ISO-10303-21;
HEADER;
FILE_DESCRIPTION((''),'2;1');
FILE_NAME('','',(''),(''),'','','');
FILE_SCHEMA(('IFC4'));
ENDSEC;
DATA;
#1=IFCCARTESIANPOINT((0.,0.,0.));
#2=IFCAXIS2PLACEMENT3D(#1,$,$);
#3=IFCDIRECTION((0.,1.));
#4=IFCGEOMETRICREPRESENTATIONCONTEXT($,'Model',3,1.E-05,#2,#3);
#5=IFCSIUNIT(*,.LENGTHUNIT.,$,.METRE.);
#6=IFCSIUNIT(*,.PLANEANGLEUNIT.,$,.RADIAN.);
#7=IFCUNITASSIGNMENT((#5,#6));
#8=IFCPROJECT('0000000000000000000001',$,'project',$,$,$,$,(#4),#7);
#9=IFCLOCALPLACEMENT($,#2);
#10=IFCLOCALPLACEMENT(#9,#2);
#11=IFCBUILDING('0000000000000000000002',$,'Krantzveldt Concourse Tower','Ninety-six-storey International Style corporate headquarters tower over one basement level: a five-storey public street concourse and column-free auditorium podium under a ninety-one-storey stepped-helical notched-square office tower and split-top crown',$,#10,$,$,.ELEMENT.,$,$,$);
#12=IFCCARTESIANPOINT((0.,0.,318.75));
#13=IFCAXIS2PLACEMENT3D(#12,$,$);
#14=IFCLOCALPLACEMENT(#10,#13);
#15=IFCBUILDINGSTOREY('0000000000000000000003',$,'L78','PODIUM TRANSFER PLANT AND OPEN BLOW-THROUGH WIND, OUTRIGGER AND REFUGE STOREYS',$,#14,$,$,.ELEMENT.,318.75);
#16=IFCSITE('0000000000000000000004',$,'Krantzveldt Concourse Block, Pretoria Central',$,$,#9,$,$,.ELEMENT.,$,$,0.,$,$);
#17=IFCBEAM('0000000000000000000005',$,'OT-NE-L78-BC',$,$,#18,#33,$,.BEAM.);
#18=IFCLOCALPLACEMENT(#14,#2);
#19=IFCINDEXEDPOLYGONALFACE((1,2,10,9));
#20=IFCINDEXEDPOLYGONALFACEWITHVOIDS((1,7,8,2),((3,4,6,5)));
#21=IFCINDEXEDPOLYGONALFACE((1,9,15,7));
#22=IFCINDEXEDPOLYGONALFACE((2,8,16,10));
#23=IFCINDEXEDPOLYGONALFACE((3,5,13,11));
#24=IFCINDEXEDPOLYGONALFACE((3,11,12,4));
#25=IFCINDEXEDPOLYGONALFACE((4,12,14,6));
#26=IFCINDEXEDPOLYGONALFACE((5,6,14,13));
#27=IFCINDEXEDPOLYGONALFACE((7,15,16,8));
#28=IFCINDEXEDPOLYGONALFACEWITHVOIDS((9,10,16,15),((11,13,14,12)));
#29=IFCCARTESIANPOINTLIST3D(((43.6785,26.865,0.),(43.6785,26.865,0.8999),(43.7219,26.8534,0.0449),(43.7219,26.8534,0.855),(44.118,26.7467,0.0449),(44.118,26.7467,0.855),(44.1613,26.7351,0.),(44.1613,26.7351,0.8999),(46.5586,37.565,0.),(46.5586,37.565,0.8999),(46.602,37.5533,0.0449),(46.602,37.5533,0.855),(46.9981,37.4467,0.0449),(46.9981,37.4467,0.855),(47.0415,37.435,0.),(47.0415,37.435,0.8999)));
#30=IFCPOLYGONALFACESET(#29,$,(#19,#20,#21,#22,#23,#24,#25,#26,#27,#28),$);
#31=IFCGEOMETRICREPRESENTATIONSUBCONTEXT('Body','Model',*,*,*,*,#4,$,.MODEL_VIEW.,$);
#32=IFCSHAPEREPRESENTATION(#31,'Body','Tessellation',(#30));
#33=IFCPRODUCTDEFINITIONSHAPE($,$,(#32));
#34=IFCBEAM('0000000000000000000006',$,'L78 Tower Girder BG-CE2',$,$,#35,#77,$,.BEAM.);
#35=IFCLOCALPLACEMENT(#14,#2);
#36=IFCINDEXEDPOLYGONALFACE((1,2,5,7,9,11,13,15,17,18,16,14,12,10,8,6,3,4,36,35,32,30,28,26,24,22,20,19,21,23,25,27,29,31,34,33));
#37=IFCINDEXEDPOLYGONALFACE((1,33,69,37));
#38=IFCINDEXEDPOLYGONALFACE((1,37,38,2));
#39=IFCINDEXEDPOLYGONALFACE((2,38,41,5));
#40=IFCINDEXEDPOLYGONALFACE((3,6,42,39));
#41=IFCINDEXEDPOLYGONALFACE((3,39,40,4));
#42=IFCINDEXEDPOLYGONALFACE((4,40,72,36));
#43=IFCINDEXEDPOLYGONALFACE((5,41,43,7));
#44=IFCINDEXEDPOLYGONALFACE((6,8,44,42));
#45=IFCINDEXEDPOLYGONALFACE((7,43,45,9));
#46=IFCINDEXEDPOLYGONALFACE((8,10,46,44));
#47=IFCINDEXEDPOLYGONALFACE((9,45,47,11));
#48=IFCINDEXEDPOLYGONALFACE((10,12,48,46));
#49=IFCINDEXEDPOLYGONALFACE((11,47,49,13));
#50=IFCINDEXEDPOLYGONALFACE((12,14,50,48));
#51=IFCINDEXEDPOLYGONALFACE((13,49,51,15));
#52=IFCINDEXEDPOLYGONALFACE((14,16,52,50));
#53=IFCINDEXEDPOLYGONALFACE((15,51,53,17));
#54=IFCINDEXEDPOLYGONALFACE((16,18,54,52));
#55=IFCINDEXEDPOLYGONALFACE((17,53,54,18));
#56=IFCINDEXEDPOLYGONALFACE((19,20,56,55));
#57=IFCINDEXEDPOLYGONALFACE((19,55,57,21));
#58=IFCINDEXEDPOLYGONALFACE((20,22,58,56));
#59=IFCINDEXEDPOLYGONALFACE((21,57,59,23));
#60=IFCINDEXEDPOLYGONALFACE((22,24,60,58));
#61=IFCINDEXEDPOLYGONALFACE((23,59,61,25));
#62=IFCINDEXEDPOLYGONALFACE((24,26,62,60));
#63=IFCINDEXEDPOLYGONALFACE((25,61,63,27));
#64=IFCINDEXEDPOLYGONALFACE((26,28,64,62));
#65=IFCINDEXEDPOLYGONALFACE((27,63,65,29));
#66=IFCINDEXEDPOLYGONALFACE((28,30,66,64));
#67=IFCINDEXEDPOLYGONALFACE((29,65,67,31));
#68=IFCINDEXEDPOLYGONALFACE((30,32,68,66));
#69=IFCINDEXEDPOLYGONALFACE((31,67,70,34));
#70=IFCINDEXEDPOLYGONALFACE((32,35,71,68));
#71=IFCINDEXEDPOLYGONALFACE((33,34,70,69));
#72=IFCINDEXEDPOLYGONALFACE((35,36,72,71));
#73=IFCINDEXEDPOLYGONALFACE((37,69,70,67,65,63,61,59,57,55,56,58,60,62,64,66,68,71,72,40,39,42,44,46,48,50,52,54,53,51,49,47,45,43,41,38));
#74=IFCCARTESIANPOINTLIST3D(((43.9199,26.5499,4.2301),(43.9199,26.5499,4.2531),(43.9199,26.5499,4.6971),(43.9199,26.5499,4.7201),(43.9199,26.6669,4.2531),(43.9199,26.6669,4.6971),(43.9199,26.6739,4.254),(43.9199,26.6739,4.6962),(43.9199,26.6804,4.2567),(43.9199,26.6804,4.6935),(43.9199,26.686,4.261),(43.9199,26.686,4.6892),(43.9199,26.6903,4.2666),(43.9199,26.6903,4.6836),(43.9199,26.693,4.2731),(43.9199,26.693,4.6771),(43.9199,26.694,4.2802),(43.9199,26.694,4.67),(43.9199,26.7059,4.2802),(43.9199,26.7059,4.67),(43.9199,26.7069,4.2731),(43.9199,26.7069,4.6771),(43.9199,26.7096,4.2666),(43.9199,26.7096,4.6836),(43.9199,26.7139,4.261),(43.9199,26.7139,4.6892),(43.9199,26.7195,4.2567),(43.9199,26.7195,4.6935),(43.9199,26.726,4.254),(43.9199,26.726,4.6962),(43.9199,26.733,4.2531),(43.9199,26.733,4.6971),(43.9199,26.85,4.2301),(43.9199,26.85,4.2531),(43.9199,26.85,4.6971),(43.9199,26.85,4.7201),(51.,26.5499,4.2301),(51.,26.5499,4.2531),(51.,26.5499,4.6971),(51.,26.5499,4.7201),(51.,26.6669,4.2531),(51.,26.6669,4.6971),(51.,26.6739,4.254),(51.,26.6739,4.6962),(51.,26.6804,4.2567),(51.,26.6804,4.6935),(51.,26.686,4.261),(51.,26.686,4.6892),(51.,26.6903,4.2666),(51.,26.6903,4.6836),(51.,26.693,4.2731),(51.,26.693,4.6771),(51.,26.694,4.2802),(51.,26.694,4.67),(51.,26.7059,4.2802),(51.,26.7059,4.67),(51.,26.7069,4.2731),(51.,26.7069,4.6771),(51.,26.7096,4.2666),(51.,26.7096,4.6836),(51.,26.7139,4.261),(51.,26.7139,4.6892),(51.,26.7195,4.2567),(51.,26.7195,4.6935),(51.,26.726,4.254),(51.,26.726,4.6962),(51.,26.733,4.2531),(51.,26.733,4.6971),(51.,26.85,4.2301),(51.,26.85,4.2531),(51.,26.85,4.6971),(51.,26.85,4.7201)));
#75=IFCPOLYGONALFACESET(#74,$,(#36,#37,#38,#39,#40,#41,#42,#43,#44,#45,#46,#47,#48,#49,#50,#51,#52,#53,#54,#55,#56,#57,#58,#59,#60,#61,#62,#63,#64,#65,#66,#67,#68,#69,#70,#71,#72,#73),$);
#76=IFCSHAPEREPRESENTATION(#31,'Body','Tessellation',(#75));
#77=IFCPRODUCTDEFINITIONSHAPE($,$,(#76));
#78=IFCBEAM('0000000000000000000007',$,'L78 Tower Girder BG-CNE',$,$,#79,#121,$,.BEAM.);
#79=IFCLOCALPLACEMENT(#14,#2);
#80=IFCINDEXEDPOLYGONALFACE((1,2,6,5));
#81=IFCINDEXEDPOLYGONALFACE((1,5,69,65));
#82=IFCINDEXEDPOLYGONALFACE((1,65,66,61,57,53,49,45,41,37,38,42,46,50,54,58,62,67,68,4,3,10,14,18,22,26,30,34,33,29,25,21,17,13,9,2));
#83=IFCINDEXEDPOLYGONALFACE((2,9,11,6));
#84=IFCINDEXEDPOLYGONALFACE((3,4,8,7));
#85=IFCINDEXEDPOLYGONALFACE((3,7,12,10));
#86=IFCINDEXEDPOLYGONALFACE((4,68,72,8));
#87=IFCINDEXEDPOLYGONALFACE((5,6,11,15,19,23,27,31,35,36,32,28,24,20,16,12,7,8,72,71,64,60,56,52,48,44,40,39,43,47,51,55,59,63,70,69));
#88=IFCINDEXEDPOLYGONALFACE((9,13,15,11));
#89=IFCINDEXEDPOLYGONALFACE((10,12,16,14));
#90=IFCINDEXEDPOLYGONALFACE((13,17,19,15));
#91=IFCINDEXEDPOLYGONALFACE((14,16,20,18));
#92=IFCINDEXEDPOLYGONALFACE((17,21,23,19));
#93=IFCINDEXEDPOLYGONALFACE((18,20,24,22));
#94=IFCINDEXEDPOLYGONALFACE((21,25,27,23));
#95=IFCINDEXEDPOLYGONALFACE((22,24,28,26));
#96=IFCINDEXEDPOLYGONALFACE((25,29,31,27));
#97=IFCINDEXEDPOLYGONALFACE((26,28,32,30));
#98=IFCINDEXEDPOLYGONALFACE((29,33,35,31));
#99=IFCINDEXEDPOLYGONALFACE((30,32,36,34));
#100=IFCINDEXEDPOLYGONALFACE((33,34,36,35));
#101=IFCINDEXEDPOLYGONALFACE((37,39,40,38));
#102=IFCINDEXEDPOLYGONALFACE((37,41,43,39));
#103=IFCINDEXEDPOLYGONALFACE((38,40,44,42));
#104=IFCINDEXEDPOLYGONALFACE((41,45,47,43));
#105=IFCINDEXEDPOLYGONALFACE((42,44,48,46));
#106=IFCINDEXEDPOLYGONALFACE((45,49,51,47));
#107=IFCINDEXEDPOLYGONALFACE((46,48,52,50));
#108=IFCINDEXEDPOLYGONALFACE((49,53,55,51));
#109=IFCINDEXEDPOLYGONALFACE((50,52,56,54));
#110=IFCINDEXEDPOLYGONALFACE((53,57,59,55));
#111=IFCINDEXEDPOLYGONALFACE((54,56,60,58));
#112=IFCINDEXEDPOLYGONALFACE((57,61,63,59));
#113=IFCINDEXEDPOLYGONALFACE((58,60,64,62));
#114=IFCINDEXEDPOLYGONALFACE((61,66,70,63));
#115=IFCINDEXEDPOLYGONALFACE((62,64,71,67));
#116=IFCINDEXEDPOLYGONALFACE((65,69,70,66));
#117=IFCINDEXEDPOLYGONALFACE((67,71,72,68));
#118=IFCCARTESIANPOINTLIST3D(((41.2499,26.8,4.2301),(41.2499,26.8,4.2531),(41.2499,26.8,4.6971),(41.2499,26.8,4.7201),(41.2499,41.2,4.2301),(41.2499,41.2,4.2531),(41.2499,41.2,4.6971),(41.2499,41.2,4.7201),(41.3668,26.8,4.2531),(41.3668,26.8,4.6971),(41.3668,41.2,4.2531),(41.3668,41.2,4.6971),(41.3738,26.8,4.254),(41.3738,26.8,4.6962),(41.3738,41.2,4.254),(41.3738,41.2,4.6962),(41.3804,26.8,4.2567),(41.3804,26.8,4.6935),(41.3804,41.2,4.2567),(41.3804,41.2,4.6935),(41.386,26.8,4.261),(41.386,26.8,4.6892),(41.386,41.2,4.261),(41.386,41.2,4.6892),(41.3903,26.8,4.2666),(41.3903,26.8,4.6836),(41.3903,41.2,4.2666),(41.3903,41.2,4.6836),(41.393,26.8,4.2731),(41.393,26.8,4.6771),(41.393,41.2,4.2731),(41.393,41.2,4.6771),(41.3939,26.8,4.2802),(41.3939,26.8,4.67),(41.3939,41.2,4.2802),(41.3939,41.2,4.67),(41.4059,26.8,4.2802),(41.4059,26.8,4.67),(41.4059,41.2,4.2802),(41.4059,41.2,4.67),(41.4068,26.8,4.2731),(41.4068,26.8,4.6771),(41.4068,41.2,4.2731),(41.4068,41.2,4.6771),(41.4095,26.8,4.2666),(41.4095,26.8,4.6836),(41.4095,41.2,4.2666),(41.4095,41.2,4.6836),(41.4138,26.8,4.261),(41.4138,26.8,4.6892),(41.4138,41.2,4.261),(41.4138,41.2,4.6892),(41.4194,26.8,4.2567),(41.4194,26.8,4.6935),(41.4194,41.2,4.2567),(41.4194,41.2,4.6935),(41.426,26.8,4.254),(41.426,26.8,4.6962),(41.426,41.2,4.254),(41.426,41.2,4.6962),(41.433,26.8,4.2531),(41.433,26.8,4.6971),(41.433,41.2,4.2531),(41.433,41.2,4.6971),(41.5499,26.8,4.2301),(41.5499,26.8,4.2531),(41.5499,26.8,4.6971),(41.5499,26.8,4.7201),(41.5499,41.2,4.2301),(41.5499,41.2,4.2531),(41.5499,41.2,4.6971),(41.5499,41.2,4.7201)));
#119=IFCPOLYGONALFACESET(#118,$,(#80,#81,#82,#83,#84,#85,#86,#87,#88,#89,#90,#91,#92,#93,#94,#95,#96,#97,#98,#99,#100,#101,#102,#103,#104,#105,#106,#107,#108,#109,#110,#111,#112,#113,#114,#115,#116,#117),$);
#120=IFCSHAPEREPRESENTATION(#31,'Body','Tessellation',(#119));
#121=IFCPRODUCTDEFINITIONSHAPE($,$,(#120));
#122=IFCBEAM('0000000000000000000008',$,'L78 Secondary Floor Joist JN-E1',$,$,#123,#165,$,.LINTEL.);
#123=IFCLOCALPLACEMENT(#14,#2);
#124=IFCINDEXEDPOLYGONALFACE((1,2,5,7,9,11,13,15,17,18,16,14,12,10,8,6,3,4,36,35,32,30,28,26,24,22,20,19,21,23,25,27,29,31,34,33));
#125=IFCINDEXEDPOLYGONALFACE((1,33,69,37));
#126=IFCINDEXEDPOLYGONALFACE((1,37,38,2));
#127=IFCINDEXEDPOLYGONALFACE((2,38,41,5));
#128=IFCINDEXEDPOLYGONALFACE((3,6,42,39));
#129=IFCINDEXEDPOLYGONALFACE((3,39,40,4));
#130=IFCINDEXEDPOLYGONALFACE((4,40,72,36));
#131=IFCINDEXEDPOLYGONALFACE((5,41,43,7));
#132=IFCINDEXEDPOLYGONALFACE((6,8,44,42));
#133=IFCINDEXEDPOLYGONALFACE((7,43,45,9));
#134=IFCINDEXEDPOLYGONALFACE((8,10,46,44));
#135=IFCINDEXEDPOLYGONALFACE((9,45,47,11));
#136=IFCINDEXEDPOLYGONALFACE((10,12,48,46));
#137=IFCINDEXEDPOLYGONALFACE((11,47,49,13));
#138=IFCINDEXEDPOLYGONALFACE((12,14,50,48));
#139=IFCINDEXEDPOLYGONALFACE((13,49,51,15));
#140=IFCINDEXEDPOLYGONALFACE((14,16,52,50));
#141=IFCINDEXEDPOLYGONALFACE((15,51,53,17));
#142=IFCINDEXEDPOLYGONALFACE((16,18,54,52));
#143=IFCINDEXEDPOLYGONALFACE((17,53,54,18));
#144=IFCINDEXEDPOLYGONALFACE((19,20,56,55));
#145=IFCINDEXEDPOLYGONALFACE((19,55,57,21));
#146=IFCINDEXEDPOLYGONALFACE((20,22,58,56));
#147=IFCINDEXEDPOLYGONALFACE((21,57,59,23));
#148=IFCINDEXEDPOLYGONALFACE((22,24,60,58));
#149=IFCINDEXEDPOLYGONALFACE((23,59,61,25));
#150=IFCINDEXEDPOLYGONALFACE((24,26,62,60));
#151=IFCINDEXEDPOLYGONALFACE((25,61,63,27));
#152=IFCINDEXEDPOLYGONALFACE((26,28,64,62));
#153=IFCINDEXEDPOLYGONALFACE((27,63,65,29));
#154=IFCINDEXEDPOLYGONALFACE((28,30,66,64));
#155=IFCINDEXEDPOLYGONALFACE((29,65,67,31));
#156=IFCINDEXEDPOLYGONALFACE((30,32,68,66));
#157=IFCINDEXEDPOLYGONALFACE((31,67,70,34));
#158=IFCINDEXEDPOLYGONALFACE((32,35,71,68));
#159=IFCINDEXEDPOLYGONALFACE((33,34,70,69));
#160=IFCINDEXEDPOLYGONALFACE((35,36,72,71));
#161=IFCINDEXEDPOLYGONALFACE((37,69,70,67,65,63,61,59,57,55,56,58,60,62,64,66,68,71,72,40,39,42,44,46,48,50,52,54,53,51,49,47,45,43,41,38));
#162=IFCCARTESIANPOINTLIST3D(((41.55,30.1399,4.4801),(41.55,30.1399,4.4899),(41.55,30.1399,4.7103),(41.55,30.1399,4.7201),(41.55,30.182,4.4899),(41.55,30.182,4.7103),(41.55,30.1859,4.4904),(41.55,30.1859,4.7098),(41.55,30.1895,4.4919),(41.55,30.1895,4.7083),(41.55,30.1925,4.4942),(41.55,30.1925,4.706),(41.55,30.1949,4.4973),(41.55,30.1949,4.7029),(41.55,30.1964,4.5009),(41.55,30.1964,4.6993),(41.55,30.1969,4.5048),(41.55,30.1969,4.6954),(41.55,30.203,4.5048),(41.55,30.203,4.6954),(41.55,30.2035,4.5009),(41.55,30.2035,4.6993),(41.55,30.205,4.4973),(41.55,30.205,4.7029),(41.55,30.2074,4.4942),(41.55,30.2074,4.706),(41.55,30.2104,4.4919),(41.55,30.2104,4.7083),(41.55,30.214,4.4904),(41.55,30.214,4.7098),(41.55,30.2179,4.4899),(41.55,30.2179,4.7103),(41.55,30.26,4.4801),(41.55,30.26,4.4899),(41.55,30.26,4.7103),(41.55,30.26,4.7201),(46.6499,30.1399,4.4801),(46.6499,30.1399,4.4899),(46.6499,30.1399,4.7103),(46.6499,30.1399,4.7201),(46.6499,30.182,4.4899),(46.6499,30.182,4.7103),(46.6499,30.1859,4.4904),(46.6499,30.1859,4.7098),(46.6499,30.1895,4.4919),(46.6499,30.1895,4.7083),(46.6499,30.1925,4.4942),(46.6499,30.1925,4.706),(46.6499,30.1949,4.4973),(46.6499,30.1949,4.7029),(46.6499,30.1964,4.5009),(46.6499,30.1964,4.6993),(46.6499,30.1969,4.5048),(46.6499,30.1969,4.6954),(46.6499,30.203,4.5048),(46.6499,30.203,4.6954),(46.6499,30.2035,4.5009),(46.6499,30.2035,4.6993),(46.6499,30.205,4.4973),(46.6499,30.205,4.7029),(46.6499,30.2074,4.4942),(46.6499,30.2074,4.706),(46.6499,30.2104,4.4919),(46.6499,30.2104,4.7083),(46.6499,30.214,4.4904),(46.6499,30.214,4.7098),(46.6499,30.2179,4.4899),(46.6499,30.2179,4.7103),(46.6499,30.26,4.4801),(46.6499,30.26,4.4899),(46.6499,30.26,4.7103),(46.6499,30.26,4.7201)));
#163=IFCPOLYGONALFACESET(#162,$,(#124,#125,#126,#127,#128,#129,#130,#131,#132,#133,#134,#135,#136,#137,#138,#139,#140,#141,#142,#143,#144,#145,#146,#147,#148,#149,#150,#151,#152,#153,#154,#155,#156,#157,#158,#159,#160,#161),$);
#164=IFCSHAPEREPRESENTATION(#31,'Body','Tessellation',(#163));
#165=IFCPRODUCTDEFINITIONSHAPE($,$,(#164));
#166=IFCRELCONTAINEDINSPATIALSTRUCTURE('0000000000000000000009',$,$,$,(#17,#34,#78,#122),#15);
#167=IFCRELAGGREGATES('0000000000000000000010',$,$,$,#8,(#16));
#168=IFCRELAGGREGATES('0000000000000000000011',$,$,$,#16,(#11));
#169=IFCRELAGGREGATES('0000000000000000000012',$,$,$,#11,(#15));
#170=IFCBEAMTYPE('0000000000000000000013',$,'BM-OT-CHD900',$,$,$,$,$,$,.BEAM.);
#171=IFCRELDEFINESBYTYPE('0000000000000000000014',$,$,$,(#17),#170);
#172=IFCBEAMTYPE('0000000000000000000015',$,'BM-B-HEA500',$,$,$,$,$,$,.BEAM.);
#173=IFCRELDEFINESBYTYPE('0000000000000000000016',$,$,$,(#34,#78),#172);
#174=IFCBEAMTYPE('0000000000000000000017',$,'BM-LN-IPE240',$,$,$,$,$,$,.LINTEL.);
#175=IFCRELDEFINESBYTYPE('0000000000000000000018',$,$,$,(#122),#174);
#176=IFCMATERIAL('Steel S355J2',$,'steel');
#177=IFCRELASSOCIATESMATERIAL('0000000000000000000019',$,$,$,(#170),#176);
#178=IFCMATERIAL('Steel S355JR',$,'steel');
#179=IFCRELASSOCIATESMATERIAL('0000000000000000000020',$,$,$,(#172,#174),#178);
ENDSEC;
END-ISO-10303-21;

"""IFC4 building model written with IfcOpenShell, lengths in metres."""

from ifc_helpers import new_model, si_unit, direction, frame, origin, origin_2d, place, context, subcontext, project, spatial, hollow_rectangle, i_section, extrude, source, transform, mapped, material, material_profile, profile_set, type_object, type_shapes, element, save


model = new_model("IFC4")

# Units and contexts
model_context = context("Model", 3, precision=1e-05, world=origin(), true_north=direction((0.0, 1.0)))
body_context = subcontext(model_context, "Body", "Model", "MODEL_VIEW")
ifc_project = project(units=[si_unit("LENGTHUNIT", "METRE"), si_unit("PLANEANGLEUNIT", "RADIAN")], contexts=[model_context])

# Site, building, storey
site_placement = place(None, origin())
site = spatial("IfcSite", under=ifc_project, at=site_placement, Name="Krantzveldt Concourse Block, Pretoria Central", CompositionType="ELEMENT", RefElevation=0.0)
building_placement = place(site_placement, origin())
building = spatial("IfcBuilding", under=site, at=building_placement, Name="Krantzveldt Concourse Tower", Description="Ninety-six-storey International Style corporate headquarters tower over one basement level: a five-storey public street concourse and column-free auditorium podium under a ninety-one-storey stepped-helical notched-square office tower and split-top crown", CompositionType="ELEMENT")
storey_placement = place(building_placement, frame((0.0, 0.0, 318.75)))
storey = spatial("IfcBuildingStorey", under=building, at=storey_placement, Name="L78", Description="PODIUM TRANSFER PLANT AND OPEN BLOW-THROUGH WIND, OUTRIGGER AND REFUGE STOREYS", CompositionType="ELEMENT", Elevation=318.75)

# Beams
ifc_material_1 = material(Name="Steel S355J2", Category="steel")
ifc_material_profile_1 = material_profile(ifc_material_1, hollow_rectangle(XDim=0.5, YDim=0.8999, WallThickness=0.0449, at=origin_2d()), Name="Steel S355J2", Category="steel")
ifc_profile_set_1 = profile_set([ifc_material_profile_1], Name="Steel S355J2 - RHS 900x500x45")
beam_type_1 = type_object("IfcBeamType", Name="BM-OT-CHD900", PredefinedType="BEAM", material=ifc_profile_set_1)
shared_shape_1 = source(origin(), body_context, "Body", "SweptSolid", [
    extrude(hollow_rectangle(XDim=0.5, YDim=0.8999, WallThickness=0.0449, at=origin_2d()), origin(), (0.0, 0.0, 1.0), 11.0808),
])
type_shapes(beam_type_1, [shared_shape_1])
beam_1_placement = place(storey_placement, frame((43.9199, 26.8, 0.45), z_axis=(0.259921, 0.96563, 0.0), x_axis=(-0.96563, 0.259921, 0.0)))
element("IfcBeam", 1, at=beam_1_placement, inside=storey, type_object=beam_type_1, Name="OT-NE-L78-BC", PredefinedType="BEAM", context=body_context, shape_type="MappedRepresentation", body=[
    mapped(shared_shape_1, transform((0.0, 0.0, 0.0), x_axis=(1.0, 0.0, 0.0), y_axis=(0.0, 1.0, 0.0), z_axis=(0.0, 0.0, 1.0), scale=1.0)),
])
ifc_material_2 = material(Name="Steel S355JR", Category="steel")
ifc_material_profile_2 = material_profile(ifc_material_2, i_section(OverallWidth=0.3, OverallDepth=0.49, WebThickness=0.012, FlangeThickness=0.0229, FilletRadius=0.0271, at=origin_2d()), Name="Steel S355JR", Category="steel")
ifc_profile_set_2 = profile_set([ifc_material_profile_2], Name="Steel S355JR - HEA 500")
beam_type_2 = type_object("IfcBeamType", Name="BM-B-HEA500", PredefinedType="BEAM", material=ifc_profile_set_2)
shared_shape_2 = source(origin(), body_context, "Body", "SweptSolid", [
    extrude(i_section(OverallWidth=0.3, OverallDepth=0.49, WebThickness=0.012, FlangeThickness=0.0229, FilletRadius=0.0271, at=origin_2d()), origin(), (0.0, 0.0, 1.0), 7.0801),
])
beam_2_placement = place(storey_placement, frame((43.9199, 26.7, 4.4751), z_axis=(1.0, 0.0, 0.0), x_axis=(0.0, 1.0, 0.0)))
element("IfcBeam", 2, at=beam_2_placement, inside=storey, type_object=beam_type_2, Name="L78 Tower Girder BG-CE2", PredefinedType="BEAM", context=body_context, shape_type="MappedRepresentation", body=[
    mapped(shared_shape_2, transform((0.0, 0.0, 0.0), x_axis=(1.0, 0.0, 0.0), y_axis=(0.0, 1.0, 0.0), z_axis=(0.0, 0.0, 1.0), scale=1.0)),
])
shared_shape_3 = source(origin(), body_context, "Body", "SweptSolid", [
    extrude(i_section(OverallWidth=0.3, OverallDepth=0.49, WebThickness=0.012, FlangeThickness=0.0229, FilletRadius=0.0271, at=origin_2d()), origin(), (0.0, 0.0, 1.0), 14.3999),
])
type_shapes(beam_type_2, [shared_shape_2, shared_shape_3])
beam_3_placement = place(storey_placement, frame((41.3999, 26.8, 4.4751), z_axis=(0.0, 1.0, 0.0), x_axis=(-1.0, 0.0, 0.0)))
element("IfcBeam", 3, at=beam_3_placement, inside=storey, type_object=beam_type_2, Name="L78 Tower Girder BG-CNE", PredefinedType="BEAM", context=body_context, shape_type="MappedRepresentation", body=[
    mapped(shared_shape_3, transform((0.0, 0.0, 0.0), x_axis=(1.0, 0.0, 0.0), y_axis=(0.0, 1.0, 0.0), z_axis=(0.0, 0.0, 1.0), scale=1.0)),
])
ifc_material_profile_3 = material_profile(ifc_material_2, i_section(OverallWidth=0.1201, OverallDepth=0.24, WebThickness=0.0061, FlangeThickness=0.0098, FilletRadius=0.0149, at=origin_2d()), Name="Steel S355JR", Category="steel")
ifc_profile_set_3 = profile_set([ifc_material_profile_3], Name="Steel S355JR - IPE 240")
beam_type_3 = type_object("IfcBeamType", Name="BM-LN-IPE240", PredefinedType="LINTEL", material=ifc_profile_set_3)
shared_shape_4 = source(origin(), body_context, "Body", "SweptSolid", [
    extrude(i_section(OverallWidth=0.1201, OverallDepth=0.24, WebThickness=0.0061, FlangeThickness=0.0098, FilletRadius=0.0149, at=origin_2d()), origin(), (0.0, 0.0, 1.0), 5.0999),
])
type_shapes(beam_type_3, [shared_shape_4])
beam_4_placement = place(storey_placement, frame((41.55, 30.2, 4.6001), z_axis=(1.0, 0.0, 0.0), x_axis=(0.0, 1.0, 0.0)))
element("IfcBeam", 4, at=beam_4_placement, inside=storey, type_object=beam_type_3, Name="L78 Secondary Floor Joist JN-E1", PredefinedType="LINTEL", context=body_context, shape_type="MappedRepresentation", body=[
    mapped(shared_shape_4, transform((0.0, 0.0, 0.0), x_axis=(1.0, 0.0, 0.0), y_axis=(0.0, 1.0, 0.0), z_axis=(0.0, 0.0, 1.0), scale=1.0)),
])

save(model, "model.ifc")
